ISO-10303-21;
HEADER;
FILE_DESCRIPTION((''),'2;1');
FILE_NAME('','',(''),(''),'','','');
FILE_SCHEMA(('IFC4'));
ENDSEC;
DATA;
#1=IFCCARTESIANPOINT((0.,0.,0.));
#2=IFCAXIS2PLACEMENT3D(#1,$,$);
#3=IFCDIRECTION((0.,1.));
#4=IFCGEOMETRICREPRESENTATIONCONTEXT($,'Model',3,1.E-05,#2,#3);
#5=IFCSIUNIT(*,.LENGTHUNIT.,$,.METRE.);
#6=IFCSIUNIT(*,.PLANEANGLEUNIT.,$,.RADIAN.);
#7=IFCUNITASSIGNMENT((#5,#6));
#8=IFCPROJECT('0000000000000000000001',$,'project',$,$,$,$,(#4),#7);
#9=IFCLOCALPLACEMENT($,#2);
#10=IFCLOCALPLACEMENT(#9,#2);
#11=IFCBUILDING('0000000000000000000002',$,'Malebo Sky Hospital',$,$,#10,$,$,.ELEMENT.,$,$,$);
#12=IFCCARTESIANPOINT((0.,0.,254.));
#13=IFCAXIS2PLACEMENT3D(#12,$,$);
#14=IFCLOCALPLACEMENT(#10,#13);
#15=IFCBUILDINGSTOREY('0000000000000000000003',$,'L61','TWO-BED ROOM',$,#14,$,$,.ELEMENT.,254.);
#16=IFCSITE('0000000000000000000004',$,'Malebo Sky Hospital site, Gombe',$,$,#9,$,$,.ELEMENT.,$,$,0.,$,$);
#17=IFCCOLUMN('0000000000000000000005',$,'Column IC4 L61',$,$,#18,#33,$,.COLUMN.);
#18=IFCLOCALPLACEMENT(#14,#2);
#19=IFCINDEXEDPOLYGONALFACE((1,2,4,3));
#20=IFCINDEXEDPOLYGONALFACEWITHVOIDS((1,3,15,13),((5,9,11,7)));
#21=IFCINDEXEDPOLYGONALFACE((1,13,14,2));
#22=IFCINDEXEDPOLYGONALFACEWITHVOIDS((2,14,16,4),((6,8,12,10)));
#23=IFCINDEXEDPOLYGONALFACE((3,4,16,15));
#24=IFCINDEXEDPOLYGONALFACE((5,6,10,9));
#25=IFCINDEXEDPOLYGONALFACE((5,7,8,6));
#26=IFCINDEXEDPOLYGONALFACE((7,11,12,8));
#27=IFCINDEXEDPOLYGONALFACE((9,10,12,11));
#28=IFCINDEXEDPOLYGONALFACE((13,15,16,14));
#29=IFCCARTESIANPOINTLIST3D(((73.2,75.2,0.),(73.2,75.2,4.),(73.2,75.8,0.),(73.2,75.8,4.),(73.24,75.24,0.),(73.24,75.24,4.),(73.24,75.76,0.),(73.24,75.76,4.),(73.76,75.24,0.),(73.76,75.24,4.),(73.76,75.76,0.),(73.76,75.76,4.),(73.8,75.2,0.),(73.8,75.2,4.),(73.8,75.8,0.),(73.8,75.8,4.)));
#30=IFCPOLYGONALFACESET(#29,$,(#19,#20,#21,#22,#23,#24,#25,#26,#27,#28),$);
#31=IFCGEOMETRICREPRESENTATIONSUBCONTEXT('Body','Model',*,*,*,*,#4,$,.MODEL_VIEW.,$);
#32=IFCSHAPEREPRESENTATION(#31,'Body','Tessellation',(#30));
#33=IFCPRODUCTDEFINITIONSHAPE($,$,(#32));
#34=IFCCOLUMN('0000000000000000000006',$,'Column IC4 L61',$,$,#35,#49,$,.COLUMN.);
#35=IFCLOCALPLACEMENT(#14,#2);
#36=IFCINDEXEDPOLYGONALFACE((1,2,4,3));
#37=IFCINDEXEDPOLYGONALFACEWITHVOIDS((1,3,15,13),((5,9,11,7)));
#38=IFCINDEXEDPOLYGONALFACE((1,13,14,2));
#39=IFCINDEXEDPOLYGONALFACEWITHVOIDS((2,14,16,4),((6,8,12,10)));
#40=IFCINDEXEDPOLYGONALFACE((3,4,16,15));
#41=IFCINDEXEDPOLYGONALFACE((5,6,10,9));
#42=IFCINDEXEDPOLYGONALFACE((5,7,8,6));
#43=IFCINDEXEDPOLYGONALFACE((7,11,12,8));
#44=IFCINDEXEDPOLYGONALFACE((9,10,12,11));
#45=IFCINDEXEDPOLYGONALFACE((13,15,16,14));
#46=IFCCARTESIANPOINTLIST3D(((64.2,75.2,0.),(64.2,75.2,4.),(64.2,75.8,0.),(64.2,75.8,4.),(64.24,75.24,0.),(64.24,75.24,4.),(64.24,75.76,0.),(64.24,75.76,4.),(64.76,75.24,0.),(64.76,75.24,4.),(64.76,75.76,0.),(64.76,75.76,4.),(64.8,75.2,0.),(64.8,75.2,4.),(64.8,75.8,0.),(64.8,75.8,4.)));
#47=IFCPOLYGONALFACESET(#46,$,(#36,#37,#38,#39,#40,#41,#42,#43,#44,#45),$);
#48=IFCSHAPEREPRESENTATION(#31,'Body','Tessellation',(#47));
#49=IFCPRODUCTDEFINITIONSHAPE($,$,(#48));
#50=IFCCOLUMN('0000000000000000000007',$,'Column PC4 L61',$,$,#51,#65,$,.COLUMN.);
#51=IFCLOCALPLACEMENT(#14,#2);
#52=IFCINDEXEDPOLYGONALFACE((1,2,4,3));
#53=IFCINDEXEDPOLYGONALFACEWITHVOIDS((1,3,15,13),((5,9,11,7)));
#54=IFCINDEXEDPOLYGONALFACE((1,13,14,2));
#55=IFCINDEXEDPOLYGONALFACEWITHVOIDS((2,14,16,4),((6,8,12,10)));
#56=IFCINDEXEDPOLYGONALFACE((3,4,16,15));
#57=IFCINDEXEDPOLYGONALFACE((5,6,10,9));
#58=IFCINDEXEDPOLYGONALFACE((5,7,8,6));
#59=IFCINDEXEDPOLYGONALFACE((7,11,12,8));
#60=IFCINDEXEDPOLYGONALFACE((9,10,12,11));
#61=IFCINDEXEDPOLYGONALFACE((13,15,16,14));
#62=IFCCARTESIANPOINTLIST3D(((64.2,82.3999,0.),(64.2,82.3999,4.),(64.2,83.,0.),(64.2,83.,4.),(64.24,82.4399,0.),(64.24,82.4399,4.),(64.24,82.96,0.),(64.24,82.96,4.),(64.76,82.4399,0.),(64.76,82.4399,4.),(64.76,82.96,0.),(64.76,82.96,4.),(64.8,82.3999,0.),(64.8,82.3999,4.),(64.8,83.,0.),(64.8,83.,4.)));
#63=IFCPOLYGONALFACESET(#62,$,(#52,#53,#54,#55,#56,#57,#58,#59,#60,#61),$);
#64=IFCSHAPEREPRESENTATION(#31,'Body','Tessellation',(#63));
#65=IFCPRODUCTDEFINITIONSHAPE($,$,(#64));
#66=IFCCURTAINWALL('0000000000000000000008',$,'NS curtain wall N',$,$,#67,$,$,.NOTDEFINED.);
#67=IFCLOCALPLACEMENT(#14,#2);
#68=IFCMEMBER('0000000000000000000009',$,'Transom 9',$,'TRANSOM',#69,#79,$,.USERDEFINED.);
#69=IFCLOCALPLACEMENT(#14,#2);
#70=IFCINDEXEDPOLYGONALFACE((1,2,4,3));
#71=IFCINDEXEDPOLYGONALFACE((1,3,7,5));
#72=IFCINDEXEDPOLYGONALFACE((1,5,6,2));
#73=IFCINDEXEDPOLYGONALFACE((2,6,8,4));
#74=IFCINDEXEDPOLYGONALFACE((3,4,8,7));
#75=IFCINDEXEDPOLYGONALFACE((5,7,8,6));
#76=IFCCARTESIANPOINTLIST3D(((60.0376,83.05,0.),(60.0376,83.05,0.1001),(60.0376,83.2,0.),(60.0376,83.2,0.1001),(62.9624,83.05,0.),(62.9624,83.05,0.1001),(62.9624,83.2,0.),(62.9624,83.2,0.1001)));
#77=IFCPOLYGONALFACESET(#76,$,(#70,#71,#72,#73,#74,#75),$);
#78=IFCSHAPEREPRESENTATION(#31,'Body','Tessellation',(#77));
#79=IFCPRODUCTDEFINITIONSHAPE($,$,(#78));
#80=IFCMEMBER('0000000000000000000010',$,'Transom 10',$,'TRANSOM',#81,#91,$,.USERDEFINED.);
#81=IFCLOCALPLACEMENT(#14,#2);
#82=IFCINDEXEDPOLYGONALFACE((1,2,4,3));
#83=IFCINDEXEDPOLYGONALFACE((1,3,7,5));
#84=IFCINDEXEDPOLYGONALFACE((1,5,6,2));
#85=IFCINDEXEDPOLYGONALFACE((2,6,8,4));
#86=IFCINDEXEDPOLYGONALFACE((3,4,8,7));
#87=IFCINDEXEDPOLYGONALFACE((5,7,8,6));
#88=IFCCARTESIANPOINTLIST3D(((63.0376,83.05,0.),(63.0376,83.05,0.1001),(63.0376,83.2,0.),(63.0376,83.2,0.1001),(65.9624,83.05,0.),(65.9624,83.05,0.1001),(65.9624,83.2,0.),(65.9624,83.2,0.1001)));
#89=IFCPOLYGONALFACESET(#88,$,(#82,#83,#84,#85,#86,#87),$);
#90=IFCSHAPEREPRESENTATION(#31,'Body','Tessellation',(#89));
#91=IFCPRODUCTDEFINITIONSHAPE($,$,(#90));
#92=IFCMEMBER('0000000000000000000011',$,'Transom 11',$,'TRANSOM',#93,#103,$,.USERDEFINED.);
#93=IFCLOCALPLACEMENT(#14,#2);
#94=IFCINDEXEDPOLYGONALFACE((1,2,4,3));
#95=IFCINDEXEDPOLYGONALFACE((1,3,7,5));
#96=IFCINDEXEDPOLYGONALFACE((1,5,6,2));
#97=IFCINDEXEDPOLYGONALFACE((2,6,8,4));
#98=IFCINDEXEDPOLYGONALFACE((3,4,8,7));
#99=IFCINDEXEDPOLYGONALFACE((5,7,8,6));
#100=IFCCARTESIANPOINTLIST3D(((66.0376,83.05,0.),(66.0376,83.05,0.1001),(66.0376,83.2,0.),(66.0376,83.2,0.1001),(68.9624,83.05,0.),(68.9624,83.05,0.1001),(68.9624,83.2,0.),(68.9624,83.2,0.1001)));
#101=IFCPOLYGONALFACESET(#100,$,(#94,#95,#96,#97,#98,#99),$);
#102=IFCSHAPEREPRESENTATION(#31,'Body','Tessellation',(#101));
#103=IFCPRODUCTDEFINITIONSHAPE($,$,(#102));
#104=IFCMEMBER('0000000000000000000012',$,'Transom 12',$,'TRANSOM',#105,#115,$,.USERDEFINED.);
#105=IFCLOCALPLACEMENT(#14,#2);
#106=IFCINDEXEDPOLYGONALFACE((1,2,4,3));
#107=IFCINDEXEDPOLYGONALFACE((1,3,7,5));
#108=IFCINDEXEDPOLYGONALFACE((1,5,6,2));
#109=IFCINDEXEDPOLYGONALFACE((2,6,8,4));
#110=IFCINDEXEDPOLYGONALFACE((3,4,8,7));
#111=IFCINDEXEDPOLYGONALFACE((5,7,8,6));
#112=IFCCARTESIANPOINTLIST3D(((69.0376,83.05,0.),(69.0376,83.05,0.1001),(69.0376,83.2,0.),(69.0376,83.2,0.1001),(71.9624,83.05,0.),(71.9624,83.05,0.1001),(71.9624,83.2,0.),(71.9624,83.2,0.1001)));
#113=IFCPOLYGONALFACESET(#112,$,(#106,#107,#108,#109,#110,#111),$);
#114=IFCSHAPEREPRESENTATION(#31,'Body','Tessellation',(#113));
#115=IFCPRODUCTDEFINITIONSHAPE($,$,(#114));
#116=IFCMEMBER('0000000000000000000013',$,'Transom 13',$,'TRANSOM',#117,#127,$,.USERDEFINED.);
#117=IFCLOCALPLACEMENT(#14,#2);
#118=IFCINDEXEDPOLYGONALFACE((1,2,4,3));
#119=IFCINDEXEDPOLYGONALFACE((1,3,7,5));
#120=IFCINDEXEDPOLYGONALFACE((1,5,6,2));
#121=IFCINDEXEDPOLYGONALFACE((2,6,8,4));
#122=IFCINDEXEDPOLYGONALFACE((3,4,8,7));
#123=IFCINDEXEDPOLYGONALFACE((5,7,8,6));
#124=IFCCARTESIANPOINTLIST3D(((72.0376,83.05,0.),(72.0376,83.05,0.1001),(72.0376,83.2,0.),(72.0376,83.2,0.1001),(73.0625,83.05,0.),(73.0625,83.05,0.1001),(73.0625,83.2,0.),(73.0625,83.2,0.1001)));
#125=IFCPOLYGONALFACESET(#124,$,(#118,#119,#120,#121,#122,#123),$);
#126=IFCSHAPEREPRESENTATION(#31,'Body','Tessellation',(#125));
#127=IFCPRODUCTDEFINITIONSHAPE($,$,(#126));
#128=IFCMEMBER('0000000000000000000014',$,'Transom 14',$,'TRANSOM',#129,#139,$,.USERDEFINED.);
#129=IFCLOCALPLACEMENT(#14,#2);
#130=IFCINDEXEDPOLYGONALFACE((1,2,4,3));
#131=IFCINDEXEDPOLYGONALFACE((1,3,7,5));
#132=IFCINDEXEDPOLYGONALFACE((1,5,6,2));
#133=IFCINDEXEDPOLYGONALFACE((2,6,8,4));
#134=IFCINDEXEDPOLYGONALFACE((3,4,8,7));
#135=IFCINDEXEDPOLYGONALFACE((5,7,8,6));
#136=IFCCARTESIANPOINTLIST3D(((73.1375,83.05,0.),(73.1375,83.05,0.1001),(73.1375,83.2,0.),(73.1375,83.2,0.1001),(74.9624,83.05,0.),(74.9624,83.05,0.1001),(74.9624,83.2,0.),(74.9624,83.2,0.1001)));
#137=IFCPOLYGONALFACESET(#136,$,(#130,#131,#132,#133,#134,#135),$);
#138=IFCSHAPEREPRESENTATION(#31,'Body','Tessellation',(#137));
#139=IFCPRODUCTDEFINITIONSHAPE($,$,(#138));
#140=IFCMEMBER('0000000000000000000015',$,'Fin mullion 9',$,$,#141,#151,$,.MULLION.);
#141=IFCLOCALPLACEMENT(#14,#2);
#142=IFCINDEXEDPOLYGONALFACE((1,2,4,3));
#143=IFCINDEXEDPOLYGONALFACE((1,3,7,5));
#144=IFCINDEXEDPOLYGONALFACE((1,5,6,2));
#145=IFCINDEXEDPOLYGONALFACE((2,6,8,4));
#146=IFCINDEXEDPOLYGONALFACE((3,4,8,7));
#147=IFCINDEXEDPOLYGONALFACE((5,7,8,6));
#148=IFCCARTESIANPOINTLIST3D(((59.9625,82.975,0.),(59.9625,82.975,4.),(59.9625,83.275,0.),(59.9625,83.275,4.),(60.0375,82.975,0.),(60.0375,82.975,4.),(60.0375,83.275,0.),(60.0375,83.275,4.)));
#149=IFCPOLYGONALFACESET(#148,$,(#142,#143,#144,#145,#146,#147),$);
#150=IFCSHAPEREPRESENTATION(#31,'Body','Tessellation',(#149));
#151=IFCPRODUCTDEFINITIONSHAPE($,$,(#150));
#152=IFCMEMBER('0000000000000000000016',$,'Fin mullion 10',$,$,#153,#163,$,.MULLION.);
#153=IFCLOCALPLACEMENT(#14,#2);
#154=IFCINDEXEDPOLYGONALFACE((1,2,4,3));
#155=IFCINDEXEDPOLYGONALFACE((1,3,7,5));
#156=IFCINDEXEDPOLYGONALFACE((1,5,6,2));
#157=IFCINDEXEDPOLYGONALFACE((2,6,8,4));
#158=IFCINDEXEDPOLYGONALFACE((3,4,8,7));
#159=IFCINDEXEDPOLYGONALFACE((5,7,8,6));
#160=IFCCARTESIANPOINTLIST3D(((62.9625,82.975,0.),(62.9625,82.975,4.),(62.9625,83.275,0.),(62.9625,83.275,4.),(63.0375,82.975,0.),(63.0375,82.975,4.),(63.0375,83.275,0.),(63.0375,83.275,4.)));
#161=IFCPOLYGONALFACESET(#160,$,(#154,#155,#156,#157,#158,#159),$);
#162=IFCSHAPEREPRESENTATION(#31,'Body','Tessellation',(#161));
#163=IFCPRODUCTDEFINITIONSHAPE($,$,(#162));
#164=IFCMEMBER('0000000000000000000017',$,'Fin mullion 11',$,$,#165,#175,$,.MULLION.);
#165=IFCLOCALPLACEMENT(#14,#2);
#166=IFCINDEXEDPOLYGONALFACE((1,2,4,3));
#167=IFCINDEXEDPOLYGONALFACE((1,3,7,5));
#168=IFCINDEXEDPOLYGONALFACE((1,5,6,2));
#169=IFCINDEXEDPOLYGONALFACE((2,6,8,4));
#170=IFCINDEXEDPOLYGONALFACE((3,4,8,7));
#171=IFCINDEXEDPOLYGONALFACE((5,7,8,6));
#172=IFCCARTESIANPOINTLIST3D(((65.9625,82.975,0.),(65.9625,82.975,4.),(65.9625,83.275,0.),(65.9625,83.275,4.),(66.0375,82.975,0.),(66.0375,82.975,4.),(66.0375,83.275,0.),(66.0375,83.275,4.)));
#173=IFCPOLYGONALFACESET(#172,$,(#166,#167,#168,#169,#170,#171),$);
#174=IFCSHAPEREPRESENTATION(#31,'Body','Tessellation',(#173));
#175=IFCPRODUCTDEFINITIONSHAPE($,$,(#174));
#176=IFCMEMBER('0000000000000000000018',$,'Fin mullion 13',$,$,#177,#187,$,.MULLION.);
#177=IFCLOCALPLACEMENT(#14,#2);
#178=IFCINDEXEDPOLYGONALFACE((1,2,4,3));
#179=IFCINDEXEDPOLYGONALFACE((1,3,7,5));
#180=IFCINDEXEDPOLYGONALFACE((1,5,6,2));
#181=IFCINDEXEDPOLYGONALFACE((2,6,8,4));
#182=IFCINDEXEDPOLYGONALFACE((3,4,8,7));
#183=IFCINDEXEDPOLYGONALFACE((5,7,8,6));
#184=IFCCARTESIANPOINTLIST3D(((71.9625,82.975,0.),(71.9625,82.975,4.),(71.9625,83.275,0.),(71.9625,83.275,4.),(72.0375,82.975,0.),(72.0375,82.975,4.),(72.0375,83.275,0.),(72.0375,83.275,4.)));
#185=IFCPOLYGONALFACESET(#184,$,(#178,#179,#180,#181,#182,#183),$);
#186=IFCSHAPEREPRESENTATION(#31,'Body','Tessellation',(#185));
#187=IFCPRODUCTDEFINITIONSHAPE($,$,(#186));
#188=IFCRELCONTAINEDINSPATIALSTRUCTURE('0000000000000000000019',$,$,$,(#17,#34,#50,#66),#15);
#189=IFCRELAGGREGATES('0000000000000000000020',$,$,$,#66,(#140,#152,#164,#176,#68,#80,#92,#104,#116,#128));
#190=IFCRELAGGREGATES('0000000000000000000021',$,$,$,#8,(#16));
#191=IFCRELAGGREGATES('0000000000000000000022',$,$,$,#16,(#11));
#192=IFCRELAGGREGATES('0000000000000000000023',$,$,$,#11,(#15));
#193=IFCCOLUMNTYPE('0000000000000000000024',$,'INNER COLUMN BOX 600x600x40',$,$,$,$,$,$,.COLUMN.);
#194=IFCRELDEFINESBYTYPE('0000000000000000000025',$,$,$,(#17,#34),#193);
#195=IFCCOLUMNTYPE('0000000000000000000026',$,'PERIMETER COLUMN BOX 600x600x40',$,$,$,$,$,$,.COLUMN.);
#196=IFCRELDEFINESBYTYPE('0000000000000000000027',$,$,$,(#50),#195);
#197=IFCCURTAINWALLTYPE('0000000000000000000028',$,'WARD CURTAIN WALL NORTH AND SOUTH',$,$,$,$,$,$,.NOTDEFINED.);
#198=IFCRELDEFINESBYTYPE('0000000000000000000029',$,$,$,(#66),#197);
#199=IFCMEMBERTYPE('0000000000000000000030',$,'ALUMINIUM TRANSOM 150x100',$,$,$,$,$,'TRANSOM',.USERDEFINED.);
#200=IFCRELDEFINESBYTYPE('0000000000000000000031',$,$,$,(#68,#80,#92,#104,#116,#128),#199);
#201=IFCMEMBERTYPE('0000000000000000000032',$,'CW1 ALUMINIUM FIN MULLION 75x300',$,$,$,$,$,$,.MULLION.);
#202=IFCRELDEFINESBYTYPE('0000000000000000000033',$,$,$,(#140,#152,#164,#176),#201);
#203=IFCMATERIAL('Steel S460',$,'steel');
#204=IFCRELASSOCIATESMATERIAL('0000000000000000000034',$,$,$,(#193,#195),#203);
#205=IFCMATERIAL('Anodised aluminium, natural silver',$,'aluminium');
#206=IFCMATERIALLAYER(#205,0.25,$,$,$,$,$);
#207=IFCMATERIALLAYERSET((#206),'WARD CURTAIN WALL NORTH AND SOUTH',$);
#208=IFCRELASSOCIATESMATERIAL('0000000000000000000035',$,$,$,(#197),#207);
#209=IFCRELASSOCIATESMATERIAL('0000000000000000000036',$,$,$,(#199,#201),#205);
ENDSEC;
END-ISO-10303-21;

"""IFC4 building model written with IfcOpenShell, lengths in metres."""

from ifc_helpers import new_model, si_unit, direction, frame, origin, origin_2d, place, context, subcontext, project, spatial, rectangle, hollow_rectangle, extrude, material, layer, layer_set, material_profile, profile_set, type_object, element, aggregate, save


model = new_model("IFC4")

# Units and contexts
model_context = context("Model", 3, precision=1e-05, world=origin(), true_north=direction((0.0, 1.0)))
body_context = subcontext(model_context, "Body", "Model", "MODEL_VIEW")
ifc_project = project(units=[si_unit("LENGTHUNIT", "METRE"), si_unit("PLANEANGLEUNIT", "RADIAN")], contexts=[model_context])

# Site, building, storey
site_placement = place(None, origin())
site = spatial("IfcSite", under=ifc_project, at=site_placement, Name="Malebo Sky Hospital site, Gombe", CompositionType="ELEMENT", RefElevation=0.0)
building_placement = place(site_placement, origin())
building = spatial("IfcBuilding", under=site, at=building_placement, Name="Malebo Sky Hospital", CompositionType="ELEMENT")
storey_placement = place(building_placement, frame((0.0, 0.0, 254.0)))
storey = spatial("IfcBuildingStorey", under=building, at=storey_placement, Name="L61", Description="TWO-BED ROOM", CompositionType="ELEMENT", Elevation=254.0)

# Columns
ifc_material_1 = material(Name="Steel S460", Category="steel")
ifc_material_profile_1 = material_profile(ifc_material_1, hollow_rectangle(XDim=0.6001, YDim=0.6001, WallThickness=0.04, at=origin_2d()), Name="BOX 600x600x40")
ifc_profile_set_1 = profile_set([ifc_material_profile_1], Name="Steel S460")
column_type_1 = type_object("IfcColumnType", Name="INNER COLUMN BOX 600x600x40", PredefinedType="COLUMN", material=ifc_profile_set_1)
for number, where, z_axis, x_axis, name in (
    (1, (73.5, 75.5, 0.0), (0.0, 0.0, 1.0), (1.0, 0.0, 0.0), "Column IC4 L61"),
    (2, (64.5, 75.5, 0.0), (0.0, 0.0, 1.0), (1.0, 0.0, 0.0), "Column IC4 L61"),
):
    element("IfcColumn", number, at=place(storey_placement, frame(where, z_axis=z_axis, x_axis=x_axis)), inside=storey, type_object=column_type_1, Name=name, PredefinedType="COLUMN", context=body_context, shape_type="SweptSolid", body=[
        extrude(hollow_rectangle(XDim=0.6001, YDim=0.6001, WallThickness=0.04, at=origin_2d()), origin(), (0.0, 0.0, 1.0), 4.0),
    ])
ifc_material_profile_2 = material_profile(ifc_material_1, hollow_rectangle(XDim=0.6001, YDim=0.6001, WallThickness=0.04, at=origin_2d()), Name="BOX 600x600x40")
ifc_profile_set_2 = profile_set([ifc_material_profile_2], Name="Steel S460")
column_type_2 = type_object("IfcColumnType", Name="PERIMETER COLUMN BOX 600x600x40", PredefinedType="COLUMN", material=ifc_profile_set_2)
column_placement = place(storey_placement, frame((64.5, 82.7, 0.0), z_axis=(0.0, 0.0, 1.0), x_axis=(1.0, 0.0, 0.0)))
element("IfcColumn", 3, at=column_placement, inside=storey, type_object=column_type_2, Name="Column PC4 L61", PredefinedType="COLUMN", context=body_context, shape_type="SweptSolid", body=[
    extrude(hollow_rectangle(XDim=0.6001, YDim=0.6001, WallThickness=0.04, at=origin_2d()), origin(), (0.0, 0.0, 1.0), 4.0),
])

# Curtain wall, members
ifc_material_2 = material(Name="Anodised aluminium, natural silver", Category="aluminium")
ifc_layer_1 = layer(ifc_material_2, 0.25)
ifc_layer_set_1 = layer_set([ifc_layer_1], Name="WARD CURTAIN WALL NORTH AND SOUTH")
curtain_wall_type = type_object("IfcCurtainWallType", Name="WARD CURTAIN WALL NORTH AND SOUTH", PredefinedType="NOTDEFINED", material=ifc_layer_set_1)
curtain_wall_placement = place(storey_placement, origin())
curtain_wall = element("IfcCurtainWall", 4, at=curtain_wall_placement, inside=storey, type_object=curtain_wall_type, Name="NS curtain wall N", PredefinedType="NOTDEFINED")
ifc_material_profile_3 = material_profile(ifc_material_2, rectangle(XDim=0.1499, YDim=0.1001, at=origin_2d()), Name="ALUMINIUM TRANSOM 150x100")
ifc_profile_set_3 = profile_set([ifc_material_profile_3], Name="Anodised aluminium, natural silver")
member_type_1 = type_object("IfcMemberType", Name="ALUMINIUM TRANSOM 150x100", ElementType="TRANSOM", PredefinedType="USERDEFINED", material=ifc_profile_set_3)
member_1_placement = place(storey_placement, frame((60.0376, 83.125, 0.05), z_axis=(1.0, 0.0, 0.0), x_axis=(0.0, 1.0, 0.0)))
member_1 = element("IfcMember", 5, at=member_1_placement, type_object=member_type_1, Name="Transom 9", ObjectType="TRANSOM", PredefinedType="USERDEFINED", context=body_context, shape_type="SweptSolid", body=[
    extrude(rectangle(XDim=0.1499, YDim=0.1001, at=origin_2d()), origin(), (0.0, 0.0, 1.0), 2.9248),
])
member_2_placement = place(storey_placement, frame((63.0376, 83.125, 0.05), z_axis=(1.0, 0.0, 0.0), x_axis=(0.0, 1.0, 0.0)))
member_2 = element("IfcMember", 6, at=member_2_placement, type_object=member_type_1, Name="Transom 10", ObjectType="TRANSOM", PredefinedType="USERDEFINED", context=body_context, shape_type="SweptSolid", body=[
    extrude(rectangle(XDim=0.1499, YDim=0.1001, at=origin_2d()), origin(), (0.0, 0.0, 1.0), 2.9248),
])
member_3_placement = place(storey_placement, frame((66.0376, 83.125, 0.05), z_axis=(1.0, 0.0, 0.0), x_axis=(0.0, 1.0, 0.0)))
member_3 = element("IfcMember", 7, at=member_3_placement, type_object=member_type_1, Name="Transom 11", ObjectType="TRANSOM", PredefinedType="USERDEFINED", context=body_context, shape_type="SweptSolid", body=[
    extrude(rectangle(XDim=0.1499, YDim=0.1001, at=origin_2d()), origin(), (0.0, 0.0, 1.0), 2.9248),
])
member_4_placement = place(storey_placement, frame((69.0376, 83.125, 0.05), z_axis=(1.0, 0.0, 0.0), x_axis=(0.0, 1.0, 0.0)))
member_4 = element("IfcMember", 8, at=member_4_placement, type_object=member_type_1, Name="Transom 12", ObjectType="TRANSOM", PredefinedType="USERDEFINED", context=body_context, shape_type="SweptSolid", body=[
    extrude(rectangle(XDim=0.1499, YDim=0.1001, at=origin_2d()), origin(), (0.0, 0.0, 1.0), 2.9248),
])
member_5_placement = place(storey_placement, frame((72.0376, 83.125, 0.05), z_axis=(1.0, 0.0, 0.0), x_axis=(0.0, 1.0, 0.0)))
member_5 = element("IfcMember", 9, at=member_5_placement, type_object=member_type_1, Name="Transom 13", ObjectType="TRANSOM", PredefinedType="USERDEFINED", context=body_context, shape_type="SweptSolid", body=[
    extrude(rectangle(XDim=0.1499, YDim=0.1001, at=origin_2d()), origin(), (0.0, 0.0, 1.0), 1.0249),
])
member_6_placement = place(storey_placement, frame((73.1375, 83.125, 0.05), z_axis=(1.0, 0.0, 0.0), x_axis=(0.0, 1.0, 0.0)))
member_6 = element("IfcMember", 10, at=member_6_placement, type_object=member_type_1, Name="Transom 14", ObjectType="TRANSOM", PredefinedType="USERDEFINED", context=body_context, shape_type="SweptSolid", body=[
    extrude(rectangle(XDim=0.1499, YDim=0.1001, at=origin_2d()), origin(), (0.0, 0.0, 1.0), 1.825),
])
ifc_material_profile_4 = material_profile(ifc_material_2, rectangle(XDim=0.075, YDim=0.3, at=origin_2d()), Name="CW1 ALUMINIUM FIN MULLION 75x300")
ifc_profile_set_4 = profile_set([ifc_material_profile_4], Name="Anodised aluminium, natural silver")
member_type_2 = type_object("IfcMemberType", Name="CW1 ALUMINIUM FIN MULLION 75x300", PredefinedType="MULLION", material=ifc_profile_set_4)
member_7_placement = place(storey_placement, frame((60.0, 83.125, 0.0), z_axis=(0.0, 0.0, 1.0), x_axis=(1.0, 0.0, 0.0)))
member_7 = element("IfcMember", 11, at=member_7_placement, type_object=member_type_2, Name="Fin mullion 9", PredefinedType="MULLION", context=body_context, shape_type="SweptSolid", body=[
    extrude(rectangle(XDim=0.075, YDim=0.3, at=origin_2d()), origin(), (0.0, 0.0, 1.0), 4.0),
])
member_8_placement = place(storey_placement, frame((63.0, 83.125, 0.0), z_axis=(0.0, 0.0, 1.0), x_axis=(1.0, 0.0, 0.0)))
member_8 = element("IfcMember", 12, at=member_8_placement, type_object=member_type_2, Name="Fin mullion 10", PredefinedType="MULLION", context=body_context, shape_type="SweptSolid", body=[
    extrude(rectangle(XDim=0.075, YDim=0.3, at=origin_2d()), origin(), (0.0, 0.0, 1.0), 4.0),
])
member_9_placement = place(storey_placement, frame((66.0, 83.125, 0.0), z_axis=(0.0, 0.0, 1.0), x_axis=(1.0, 0.0, 0.0)))
member_9 = element("IfcMember", 13, at=member_9_placement, type_object=member_type_2, Name="Fin mullion 11", PredefinedType="MULLION", context=body_context, shape_type="SweptSolid", body=[
    extrude(rectangle(XDim=0.075, YDim=0.3, at=origin_2d()), origin(), (0.0, 0.0, 1.0), 4.0),
])
member_10_placement = place(storey_placement, frame((72.0, 83.125, 0.0), z_axis=(0.0, 0.0, 1.0), x_axis=(1.0, 0.0, 0.0)))
member_10 = element("IfcMember", 14, at=member_10_placement, type_object=member_type_2, Name="Fin mullion 13", PredefinedType="MULLION", context=body_context, shape_type="SweptSolid", body=[
    extrude(rectangle(XDim=0.075, YDim=0.3, at=origin_2d()), origin(), (0.0, 0.0, 1.0), 4.0),
])

aggregate(curtain_wall, [member_7, member_8, member_9, member_10, member_1, member_2, member_3, member_4, member_5, member_6])

save(model, "model.ifc")
